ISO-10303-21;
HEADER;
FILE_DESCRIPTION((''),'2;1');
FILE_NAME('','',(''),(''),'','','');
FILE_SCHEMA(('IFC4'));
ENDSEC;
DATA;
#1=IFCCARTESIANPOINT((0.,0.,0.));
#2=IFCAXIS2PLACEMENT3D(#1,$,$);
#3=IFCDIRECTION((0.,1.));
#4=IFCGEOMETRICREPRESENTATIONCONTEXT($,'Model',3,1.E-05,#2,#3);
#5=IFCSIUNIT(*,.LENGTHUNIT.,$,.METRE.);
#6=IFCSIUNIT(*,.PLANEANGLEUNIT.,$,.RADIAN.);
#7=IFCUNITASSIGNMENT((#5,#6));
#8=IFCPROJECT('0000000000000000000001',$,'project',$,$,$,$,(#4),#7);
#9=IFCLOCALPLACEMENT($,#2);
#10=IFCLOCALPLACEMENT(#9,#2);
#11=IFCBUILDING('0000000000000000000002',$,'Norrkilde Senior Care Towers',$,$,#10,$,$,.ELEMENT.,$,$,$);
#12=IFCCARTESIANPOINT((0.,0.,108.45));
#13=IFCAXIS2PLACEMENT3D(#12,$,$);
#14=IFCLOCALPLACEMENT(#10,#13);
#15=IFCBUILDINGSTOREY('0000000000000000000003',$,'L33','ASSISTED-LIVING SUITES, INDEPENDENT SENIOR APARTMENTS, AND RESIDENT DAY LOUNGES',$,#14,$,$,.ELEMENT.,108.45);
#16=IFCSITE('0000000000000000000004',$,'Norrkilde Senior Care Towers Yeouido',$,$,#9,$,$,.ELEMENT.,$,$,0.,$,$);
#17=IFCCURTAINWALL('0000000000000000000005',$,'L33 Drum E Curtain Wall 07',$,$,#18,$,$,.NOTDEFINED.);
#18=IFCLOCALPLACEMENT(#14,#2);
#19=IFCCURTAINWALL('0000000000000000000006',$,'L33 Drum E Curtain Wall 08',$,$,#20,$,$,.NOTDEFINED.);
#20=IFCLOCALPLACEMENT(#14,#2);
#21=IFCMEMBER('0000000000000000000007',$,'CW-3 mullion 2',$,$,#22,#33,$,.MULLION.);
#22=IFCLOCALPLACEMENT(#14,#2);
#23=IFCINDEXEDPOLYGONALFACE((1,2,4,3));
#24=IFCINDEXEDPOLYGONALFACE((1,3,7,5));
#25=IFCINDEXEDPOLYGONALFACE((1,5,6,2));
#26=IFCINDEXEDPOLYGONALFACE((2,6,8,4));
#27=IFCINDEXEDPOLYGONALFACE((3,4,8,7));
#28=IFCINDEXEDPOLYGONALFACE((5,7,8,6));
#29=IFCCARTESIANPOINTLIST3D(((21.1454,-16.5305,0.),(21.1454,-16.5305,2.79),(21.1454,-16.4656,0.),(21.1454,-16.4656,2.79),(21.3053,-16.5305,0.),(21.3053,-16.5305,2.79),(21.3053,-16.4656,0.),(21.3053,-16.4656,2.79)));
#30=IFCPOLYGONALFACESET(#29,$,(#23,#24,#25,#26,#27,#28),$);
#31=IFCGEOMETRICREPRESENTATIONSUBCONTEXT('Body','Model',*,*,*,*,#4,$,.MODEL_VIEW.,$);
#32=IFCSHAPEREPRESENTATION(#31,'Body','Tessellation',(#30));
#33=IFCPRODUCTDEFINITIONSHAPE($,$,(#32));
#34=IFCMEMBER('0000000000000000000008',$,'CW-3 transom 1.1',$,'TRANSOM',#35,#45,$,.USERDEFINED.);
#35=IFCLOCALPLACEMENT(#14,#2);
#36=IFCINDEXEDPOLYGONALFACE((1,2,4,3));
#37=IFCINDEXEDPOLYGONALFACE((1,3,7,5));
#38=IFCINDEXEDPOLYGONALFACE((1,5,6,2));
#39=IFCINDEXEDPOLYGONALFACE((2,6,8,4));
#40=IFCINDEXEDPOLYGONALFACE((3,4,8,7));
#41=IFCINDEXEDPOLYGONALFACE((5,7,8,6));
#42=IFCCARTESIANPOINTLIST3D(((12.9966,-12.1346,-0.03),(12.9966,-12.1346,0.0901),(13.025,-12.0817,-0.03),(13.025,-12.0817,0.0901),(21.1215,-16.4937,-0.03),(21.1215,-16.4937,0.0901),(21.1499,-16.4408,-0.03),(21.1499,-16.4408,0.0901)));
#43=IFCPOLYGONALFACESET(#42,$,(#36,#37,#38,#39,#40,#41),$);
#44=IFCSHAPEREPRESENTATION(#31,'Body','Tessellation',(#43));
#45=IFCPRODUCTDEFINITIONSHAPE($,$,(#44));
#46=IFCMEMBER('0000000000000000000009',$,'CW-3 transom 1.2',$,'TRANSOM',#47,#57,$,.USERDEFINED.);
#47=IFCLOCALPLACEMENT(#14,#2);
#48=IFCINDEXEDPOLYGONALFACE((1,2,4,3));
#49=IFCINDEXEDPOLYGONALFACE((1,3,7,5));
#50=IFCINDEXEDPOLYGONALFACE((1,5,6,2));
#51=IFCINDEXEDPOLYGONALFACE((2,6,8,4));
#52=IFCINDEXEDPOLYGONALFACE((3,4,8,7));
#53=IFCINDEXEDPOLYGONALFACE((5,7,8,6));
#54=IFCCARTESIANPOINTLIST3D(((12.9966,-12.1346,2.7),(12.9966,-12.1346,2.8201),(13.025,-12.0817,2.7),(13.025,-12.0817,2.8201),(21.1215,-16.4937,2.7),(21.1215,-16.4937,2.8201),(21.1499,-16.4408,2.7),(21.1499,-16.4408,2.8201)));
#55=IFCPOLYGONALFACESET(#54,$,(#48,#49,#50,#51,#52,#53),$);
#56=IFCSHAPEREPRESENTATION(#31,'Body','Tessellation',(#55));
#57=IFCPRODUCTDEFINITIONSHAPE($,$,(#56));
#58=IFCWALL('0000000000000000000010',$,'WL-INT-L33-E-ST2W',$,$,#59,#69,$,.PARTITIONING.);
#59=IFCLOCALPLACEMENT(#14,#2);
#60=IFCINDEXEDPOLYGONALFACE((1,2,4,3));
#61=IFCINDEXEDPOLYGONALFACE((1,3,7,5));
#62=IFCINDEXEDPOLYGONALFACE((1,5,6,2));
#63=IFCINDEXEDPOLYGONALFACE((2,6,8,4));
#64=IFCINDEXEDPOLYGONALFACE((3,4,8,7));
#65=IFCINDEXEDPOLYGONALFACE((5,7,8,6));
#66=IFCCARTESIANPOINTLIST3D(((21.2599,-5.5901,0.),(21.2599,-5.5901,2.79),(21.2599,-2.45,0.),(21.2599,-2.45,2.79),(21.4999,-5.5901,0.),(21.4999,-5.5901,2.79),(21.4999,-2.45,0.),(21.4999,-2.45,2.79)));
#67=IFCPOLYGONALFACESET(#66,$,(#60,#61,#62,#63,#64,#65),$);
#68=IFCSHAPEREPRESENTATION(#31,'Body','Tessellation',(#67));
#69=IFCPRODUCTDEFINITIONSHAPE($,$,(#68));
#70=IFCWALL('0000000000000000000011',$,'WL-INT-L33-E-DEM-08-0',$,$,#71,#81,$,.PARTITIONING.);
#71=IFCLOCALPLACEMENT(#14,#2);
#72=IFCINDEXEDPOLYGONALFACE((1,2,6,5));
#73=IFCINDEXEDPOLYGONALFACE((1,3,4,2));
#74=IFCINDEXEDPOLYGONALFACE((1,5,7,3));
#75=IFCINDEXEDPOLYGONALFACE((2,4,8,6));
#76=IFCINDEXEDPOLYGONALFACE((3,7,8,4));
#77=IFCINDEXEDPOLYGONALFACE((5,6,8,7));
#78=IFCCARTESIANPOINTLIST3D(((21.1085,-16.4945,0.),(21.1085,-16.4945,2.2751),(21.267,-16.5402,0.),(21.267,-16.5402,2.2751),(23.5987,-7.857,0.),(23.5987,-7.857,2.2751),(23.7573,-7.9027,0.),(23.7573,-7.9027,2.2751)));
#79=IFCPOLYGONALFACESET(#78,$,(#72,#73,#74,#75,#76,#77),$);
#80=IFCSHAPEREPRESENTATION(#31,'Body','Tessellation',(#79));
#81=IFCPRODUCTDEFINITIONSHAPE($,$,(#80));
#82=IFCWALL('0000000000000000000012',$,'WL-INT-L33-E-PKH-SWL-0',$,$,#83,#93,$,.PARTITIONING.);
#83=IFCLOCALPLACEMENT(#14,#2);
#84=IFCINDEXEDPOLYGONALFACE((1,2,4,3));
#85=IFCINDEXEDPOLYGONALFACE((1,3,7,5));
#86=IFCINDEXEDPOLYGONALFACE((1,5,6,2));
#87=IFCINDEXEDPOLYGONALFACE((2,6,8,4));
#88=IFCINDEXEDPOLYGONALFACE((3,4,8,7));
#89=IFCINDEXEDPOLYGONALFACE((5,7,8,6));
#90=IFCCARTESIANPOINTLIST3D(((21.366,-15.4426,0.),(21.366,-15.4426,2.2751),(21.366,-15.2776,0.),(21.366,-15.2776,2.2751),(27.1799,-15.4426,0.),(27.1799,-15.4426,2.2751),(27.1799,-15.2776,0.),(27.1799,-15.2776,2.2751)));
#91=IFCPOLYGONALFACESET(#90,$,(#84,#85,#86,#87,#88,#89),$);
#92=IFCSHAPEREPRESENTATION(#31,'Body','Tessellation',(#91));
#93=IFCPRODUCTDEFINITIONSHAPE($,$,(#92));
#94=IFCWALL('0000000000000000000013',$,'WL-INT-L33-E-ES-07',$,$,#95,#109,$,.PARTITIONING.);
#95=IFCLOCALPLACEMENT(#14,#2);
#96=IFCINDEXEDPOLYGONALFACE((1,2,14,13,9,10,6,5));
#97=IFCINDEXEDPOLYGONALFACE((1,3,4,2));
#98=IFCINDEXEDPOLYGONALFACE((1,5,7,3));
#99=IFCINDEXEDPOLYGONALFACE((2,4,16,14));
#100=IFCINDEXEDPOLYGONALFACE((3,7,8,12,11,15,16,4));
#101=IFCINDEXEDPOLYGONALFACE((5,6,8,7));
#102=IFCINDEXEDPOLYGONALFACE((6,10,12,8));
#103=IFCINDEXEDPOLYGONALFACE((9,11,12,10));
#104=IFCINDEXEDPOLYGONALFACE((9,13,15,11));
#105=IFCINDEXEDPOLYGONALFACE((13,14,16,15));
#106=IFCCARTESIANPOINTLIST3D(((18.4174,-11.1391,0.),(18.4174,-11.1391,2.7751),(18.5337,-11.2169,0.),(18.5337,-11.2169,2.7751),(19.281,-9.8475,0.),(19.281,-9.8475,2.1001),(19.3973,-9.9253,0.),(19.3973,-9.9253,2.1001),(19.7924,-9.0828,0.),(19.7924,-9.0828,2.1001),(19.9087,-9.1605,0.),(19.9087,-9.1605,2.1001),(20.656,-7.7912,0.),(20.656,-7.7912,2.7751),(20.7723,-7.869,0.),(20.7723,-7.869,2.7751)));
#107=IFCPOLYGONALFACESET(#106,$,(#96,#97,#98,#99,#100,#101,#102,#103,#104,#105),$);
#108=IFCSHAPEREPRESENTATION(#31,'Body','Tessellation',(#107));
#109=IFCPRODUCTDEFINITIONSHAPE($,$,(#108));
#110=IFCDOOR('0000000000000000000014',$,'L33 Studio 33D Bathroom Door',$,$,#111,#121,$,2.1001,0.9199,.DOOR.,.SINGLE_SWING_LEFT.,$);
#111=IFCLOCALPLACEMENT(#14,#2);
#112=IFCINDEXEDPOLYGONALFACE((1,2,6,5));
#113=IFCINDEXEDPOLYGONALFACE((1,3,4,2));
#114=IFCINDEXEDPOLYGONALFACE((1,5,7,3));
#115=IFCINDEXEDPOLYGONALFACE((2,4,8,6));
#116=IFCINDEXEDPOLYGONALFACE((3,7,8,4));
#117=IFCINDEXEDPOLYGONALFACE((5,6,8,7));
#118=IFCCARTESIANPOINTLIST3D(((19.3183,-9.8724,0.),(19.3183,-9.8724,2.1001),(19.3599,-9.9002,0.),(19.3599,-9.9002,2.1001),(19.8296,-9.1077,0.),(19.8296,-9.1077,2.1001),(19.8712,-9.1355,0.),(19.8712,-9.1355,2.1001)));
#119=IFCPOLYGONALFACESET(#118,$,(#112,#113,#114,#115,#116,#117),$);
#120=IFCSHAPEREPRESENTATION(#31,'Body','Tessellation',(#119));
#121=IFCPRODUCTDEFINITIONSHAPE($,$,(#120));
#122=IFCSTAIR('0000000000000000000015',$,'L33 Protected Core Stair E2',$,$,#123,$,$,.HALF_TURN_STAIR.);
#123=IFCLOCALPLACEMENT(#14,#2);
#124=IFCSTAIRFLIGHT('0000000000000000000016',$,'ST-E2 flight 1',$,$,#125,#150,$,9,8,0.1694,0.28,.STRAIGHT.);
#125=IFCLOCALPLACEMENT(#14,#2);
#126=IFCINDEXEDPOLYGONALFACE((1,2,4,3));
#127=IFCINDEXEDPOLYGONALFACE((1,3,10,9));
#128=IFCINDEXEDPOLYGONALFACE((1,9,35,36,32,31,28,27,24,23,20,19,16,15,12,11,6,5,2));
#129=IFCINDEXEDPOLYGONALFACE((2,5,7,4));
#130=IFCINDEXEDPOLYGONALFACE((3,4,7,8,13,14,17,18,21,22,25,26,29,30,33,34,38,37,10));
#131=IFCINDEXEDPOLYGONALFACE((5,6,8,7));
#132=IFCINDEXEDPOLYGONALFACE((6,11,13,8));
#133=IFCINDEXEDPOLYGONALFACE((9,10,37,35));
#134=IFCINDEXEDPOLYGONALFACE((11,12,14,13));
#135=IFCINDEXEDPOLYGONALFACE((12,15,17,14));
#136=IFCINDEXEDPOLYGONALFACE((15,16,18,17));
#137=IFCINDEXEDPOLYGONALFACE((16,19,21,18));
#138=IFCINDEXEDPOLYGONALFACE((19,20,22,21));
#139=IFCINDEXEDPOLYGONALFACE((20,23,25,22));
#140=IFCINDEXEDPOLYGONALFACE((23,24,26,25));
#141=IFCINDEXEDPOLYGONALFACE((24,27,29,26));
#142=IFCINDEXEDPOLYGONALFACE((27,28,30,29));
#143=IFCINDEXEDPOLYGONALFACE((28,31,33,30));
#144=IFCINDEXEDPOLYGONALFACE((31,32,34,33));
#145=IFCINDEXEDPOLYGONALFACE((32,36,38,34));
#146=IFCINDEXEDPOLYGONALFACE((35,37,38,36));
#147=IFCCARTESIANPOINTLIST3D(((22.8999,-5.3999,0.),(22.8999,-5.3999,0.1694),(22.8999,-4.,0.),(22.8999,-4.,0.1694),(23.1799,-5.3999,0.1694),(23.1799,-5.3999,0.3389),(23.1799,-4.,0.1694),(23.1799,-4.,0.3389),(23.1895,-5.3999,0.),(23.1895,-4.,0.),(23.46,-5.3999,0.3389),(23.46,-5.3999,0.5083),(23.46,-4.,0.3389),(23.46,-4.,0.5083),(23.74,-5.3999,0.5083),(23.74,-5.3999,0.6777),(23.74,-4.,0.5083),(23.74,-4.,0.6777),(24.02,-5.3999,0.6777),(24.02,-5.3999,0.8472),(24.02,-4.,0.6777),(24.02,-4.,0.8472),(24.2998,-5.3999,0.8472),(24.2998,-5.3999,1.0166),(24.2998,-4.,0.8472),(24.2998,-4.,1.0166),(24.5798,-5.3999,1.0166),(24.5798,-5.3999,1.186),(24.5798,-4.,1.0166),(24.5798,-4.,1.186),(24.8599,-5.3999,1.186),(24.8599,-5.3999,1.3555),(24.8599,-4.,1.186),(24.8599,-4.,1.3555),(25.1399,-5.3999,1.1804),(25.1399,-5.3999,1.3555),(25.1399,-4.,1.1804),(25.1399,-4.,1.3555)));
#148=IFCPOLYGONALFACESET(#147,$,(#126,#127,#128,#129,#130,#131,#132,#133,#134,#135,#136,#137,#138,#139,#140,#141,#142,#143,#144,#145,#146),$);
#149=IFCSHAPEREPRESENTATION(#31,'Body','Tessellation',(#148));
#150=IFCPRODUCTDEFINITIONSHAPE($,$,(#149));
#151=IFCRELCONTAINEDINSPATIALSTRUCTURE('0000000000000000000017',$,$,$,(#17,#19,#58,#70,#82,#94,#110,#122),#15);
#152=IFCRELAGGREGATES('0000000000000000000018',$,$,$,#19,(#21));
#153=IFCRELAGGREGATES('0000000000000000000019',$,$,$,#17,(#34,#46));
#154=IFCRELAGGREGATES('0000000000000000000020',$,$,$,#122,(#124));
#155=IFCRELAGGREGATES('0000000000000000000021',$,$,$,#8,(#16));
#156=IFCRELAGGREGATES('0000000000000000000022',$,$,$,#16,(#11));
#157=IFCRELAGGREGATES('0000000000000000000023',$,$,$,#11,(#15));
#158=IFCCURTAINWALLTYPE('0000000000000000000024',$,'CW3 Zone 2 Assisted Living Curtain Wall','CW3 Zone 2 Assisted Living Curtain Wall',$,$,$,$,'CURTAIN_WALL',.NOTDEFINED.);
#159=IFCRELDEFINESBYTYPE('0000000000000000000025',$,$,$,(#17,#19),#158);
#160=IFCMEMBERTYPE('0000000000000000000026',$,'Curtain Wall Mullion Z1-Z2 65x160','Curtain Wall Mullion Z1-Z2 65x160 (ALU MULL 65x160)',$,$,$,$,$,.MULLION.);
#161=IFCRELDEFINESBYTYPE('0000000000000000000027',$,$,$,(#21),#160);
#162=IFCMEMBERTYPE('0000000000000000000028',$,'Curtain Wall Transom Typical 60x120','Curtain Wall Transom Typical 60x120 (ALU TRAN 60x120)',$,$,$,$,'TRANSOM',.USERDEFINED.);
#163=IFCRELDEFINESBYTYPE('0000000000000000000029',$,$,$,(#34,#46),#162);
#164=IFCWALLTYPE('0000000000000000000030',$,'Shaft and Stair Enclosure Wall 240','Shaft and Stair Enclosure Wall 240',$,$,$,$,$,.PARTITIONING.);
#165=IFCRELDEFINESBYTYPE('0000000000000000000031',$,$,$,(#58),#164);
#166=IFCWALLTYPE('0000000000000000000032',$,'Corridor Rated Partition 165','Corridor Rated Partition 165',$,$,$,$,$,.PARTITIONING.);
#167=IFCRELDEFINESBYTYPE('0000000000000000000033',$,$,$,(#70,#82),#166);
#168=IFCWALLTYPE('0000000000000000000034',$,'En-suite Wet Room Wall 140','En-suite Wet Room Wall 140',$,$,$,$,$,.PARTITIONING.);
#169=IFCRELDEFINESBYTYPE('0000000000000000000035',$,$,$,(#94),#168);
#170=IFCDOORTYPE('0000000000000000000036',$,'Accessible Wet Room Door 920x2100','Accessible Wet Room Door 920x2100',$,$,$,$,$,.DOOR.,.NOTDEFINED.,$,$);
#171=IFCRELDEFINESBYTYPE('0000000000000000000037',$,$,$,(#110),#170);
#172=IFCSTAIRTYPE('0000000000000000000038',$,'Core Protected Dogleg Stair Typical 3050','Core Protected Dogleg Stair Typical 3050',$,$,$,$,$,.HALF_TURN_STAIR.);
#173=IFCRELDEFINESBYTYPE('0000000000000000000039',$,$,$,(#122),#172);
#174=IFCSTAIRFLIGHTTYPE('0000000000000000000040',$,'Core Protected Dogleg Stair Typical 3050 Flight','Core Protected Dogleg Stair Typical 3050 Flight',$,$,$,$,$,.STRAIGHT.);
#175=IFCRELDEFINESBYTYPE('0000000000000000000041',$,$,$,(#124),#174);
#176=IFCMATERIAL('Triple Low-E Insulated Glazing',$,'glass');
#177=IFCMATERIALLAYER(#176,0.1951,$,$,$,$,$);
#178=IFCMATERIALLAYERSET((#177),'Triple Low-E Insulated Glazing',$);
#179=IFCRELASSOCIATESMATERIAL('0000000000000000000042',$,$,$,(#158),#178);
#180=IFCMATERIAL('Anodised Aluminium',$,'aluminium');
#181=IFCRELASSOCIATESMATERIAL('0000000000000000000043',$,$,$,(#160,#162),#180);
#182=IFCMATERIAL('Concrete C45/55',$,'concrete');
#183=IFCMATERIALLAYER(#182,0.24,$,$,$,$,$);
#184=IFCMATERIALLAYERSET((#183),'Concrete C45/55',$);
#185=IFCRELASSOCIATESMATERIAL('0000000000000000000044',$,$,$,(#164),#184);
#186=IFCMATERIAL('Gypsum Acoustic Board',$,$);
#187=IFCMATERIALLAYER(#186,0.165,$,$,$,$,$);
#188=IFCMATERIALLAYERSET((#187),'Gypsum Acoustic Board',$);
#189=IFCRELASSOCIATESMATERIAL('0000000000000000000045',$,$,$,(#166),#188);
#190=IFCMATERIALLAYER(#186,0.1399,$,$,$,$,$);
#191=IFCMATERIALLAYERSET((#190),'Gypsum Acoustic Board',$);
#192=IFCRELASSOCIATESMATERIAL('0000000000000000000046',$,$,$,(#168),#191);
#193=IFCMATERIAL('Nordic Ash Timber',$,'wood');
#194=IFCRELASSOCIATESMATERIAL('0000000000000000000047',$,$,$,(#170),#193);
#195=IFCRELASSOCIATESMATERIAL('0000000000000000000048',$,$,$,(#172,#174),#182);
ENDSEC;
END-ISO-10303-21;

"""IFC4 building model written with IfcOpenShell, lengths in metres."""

from ifc_helpers import new_model, si_unit, direction, frame, frame_2d, origin, origin_2d, place, context, subcontext, project, spatial, polyline, rectangle, outline, extrude, source, transform, mapped, material, layer, layer_set, material_profile, profile_set, type_object, type_shapes, element, fill, aggregate, save


model = new_model("IFC4")

# Units and contexts
model_context = context("Model", 3, precision=1e-05, world=origin(), true_north=direction((0.0, 1.0)))
body_context = subcontext(model_context, "Body", "Model", "MODEL_VIEW")
ifc_project = project(units=[si_unit("LENGTHUNIT", "METRE"), si_unit("PLANEANGLEUNIT", "RADIAN")], contexts=[model_context])

# Site, building, storey
site_placement = place(None, origin())
site = spatial("IfcSite", under=ifc_project, at=site_placement, Name="Norrkilde Senior Care Towers Yeouido", CompositionType="ELEMENT", RefElevation=0.0)
building_placement = place(site_placement, origin())
building = spatial("IfcBuilding", under=site, at=building_placement, Name="Norrkilde Senior Care Towers", CompositionType="ELEMENT")
storey_placement = place(building_placement, frame((0.0, 0.0, 108.45)))
storey = spatial("IfcBuildingStorey", under=building, at=storey_placement, Name="L33", Description="ASSISTED-LIVING SUITES, INDEPENDENT SENIOR APARTMENTS, AND RESIDENT DAY LOUNGES", CompositionType="ELEMENT", Elevation=108.45)

# Curtain walls, member
ifc_material_1 = material(Name="Triple Low-E Insulated Glazing", Category="glass")
ifc_layer_1 = layer(ifc_material_1, 0.1951)
ifc_layer_set_1 = layer_set([ifc_layer_1], Name="Triple Low-E Insulated Glazing")
curtain_wall_type = type_object("IfcCurtainWallType", Name="CW3 Zone 2 Assisted Living Curtain Wall", Description="CW3 Zone 2 Assisted Living Curtain Wall", ElementType="CURTAIN_WALL", PredefinedType="NOTDEFINED", material=ifc_layer_set_1)
curtain_wall_1_placement = place(storey_placement, origin())
curtain_wall_1 = element("IfcCurtainWall", 1, at=curtain_wall_1_placement, inside=storey, type_object=curtain_wall_type, Name="L33 Drum E Curtain Wall 07", PredefinedType="NOTDEFINED")
ifc_material_2 = material(Name="Anodised Aluminium", Category="aluminium")
ifc_material_profile_1 = material_profile(ifc_material_2, rectangle(XDim=0.0649, YDim=0.1599, at=origin_2d()), Name="ALU MULL 65x160")
ifc_profile_set_1 = profile_set([ifc_material_profile_1], Name="Anodised Aluminium")
member_type_1 = type_object("IfcMemberType", Name="Curtain Wall Mullion Z1-Z2 65x160", Description="Curtain Wall Mullion Z1-Z2 65x160 (ALU MULL 65x160)", PredefinedType="MULLION", material=ifc_profile_set_1)
shared_shape_1 = source(origin(), body_context, "Body", "SweptSolid", [
    extrude(rectangle(XDim=0.0649, YDim=0.1599, at=origin_2d()), origin(), (0.0, 0.0, 1.0), 2.79),
])
type_shapes(member_type_1, [shared_shape_1])
curtain_wall_2_placement = place(storey_placement, origin())
curtain_wall_2 = element("IfcCurtainWall", 2, at=curtain_wall_2_placement, inside=storey, type_object=curtain_wall_type, Name="L33 Drum E Curtain Wall 08", PredefinedType="NOTDEFINED")
member_1_placement = place(storey_placement, frame((21.2253, -16.498, 0.0), z_axis=(0.0, 0.0, 1.0), x_axis=(0.0, -1.0, 0.0)))
member_1 = element("IfcMember", 3, at=member_1_placement, type_object=member_type_1, Name="CW-3 mullion 2", PredefinedType="MULLION", context=body_context, shape_type="MappedRepresentation", body=[
    mapped(shared_shape_1, transform((0.0, 0.0, 0.0), x_axis=(1.0, 0.0, 0.0), y_axis=(0.0, 1.0, 0.0), z_axis=(0.0, 0.0, 1.0), scale=1.0)),
])
aggregate(curtain_wall_2, [member_1])

# Members
ifc_material_profile_2 = material_profile(ifc_material_2, rectangle(XDim=0.0601, YDim=0.1201, at=origin_2d()), Name="ALU TRAN 60x120")
ifc_profile_set_2 = profile_set([ifc_material_profile_2], Name="Anodised Aluminium")
member_type_2 = type_object("IfcMemberType", Name="Curtain Wall Transom Typical 60x120", Description="Curtain Wall Transom Typical 60x120 (ALU TRAN 60x120)", ElementType="TRANSOM", PredefinedType="USERDEFINED", material=ifc_profile_set_2)
shared_shape_2 = source(origin(), body_context, "Body", "SweptSolid", [
    extrude(rectangle(XDim=0.0601, YDim=0.1201, at=origin_2d()), origin(), (0.0, 0.0, 1.0), 9.2205),
])
type_shapes(member_type_2, [shared_shape_2])
member_2_placement = place(storey_placement, frame((21.1357, -16.4673, 0.03), z_axis=(-0.881189, 0.472765, 0.0), x_axis=(-0.472765, -0.881189, 0.0)))
member_2 = element("IfcMember", 4, at=member_2_placement, type_object=member_type_2, Name="CW-3 transom 1.1", ObjectType="TRANSOM", PredefinedType="USERDEFINED", context=body_context, shape_type="MappedRepresentation", body=[
    mapped(shared_shape_2, transform((0.0, 0.0, 0.0), x_axis=(1.0, 0.0, 0.0), y_axis=(0.0, 1.0, 0.0), z_axis=(0.0, 0.0, 1.0), scale=1.0)),
])
member_3_placement = place(storey_placement, frame((21.1357, -16.4673, 2.76), z_axis=(-0.881189, 0.472765, 0.0), x_axis=(-0.472765, -0.881189, 0.0)))
member_3 = element("IfcMember", 5, at=member_3_placement, type_object=member_type_2, Name="CW-3 transom 1.2", ObjectType="TRANSOM", PredefinedType="USERDEFINED", context=body_context, shape_type="MappedRepresentation", body=[
    mapped(shared_shape_2, transform((0.0, 0.0, 0.0), x_axis=(1.0, 0.0, 0.0), y_axis=(0.0, 1.0, 0.0), z_axis=(0.0, 0.0, 1.0), scale=1.0)),
])
aggregate(curtain_wall_1, [member_2, member_3])

# Shared definitions
ifc_material_3 = material(Name="Concrete C45/55", Category="concrete")
ifc_layer_2 = layer(ifc_material_3, 0.24)
ifc_layer_set_2 = layer_set([ifc_layer_2], Name="Concrete C45/55")
wall_type_1 = type_object("IfcWallType", Name="Shaft and Stair Enclosure Wall 240", Description="Shaft and Stair Enclosure Wall 240", PredefinedType="PARTITIONING", material=ifc_layer_set_2)

# Walls
shared_shape_3 = source(origin(), body_context, "Body", "SweptSolid", [
    extrude(rectangle(XDim=3.1401, YDim=0.24, at=frame_2d((1.5701, 0.0))), origin(), (0.0, 0.0, 1.0), 2.79),
])
wall_1_placement = place(storey_placement, frame((21.3799, -5.5901, 0.0), z_axis=(0.0, 0.0, 1.0), x_axis=(0.0, 1.0, 0.0)))
element("IfcWall", 6, at=wall_1_placement, inside=storey, type_object=wall_type_1, Name="WL-INT-L33-E-ST2W", PredefinedType="PARTITIONING", context=body_context, shape_type="MappedRepresentation", body=[
    mapped(shared_shape_3, transform((0.0, 0.0, 0.0), x_axis=(1.0, 0.0, 0.0), y_axis=(0.0, 1.0, 0.0), z_axis=(0.0, 0.0, 1.0), scale=1.0)),
])
ifc_material_4 = material(Name="Gypsum Acoustic Board")
ifc_layer_3 = layer(ifc_material_4, 0.165)
ifc_layer_set_3 = layer_set([ifc_layer_3], Name="Gypsum Acoustic Board")
wall_type_2 = type_object("IfcWallType", Name="Corridor Rated Partition 165", Description="Corridor Rated Partition 165", PredefinedType="PARTITIONING", material=ifc_layer_set_3)
shared_shape_4 = source(origin(), body_context, "Body", "SweptSolid", [
    extrude(rectangle(XDim=8.9893, YDim=0.165, at=frame_2d((4.4946, 0.0))), origin(), (0.0, 0.0, 1.0), 2.2751),
])
wall_2_placement = place(storey_placement, frame((23.678, -7.8799, 0.0), z_axis=(0.0, 0.0, 1.0), x_axis=(-0.277023, -0.960863, 0.0)))
element("IfcWall", 7, at=wall_2_placement, inside=storey, type_object=wall_type_2, Name="WL-INT-L33-E-DEM-08-0", PredefinedType="PARTITIONING", context=body_context, shape_type="MappedRepresentation", body=[
    mapped(shared_shape_4, transform((0.0, 0.0, 0.0), x_axis=(1.0, 0.0, 0.0), y_axis=(0.0, 1.0, 0.0), z_axis=(0.0, 0.0, 1.0), scale=1.0)),
])
shared_shape_5 = source(origin(), body_context, "Body", "SweptSolid", [
    extrude(rectangle(XDim=5.814, YDim=0.165, at=frame_2d((2.907, 0.0))), origin(), (0.0, 0.0, 1.0), 2.2751),
])
type_shapes(wall_type_2, [shared_shape_4, shared_shape_5])
wall_3_placement = place(storey_placement, frame((21.366, -15.3601, 0.0), z_axis=(0.0, 0.0, 1.0), x_axis=(1.0, 0.0, 0.0)))
element("IfcWall", 8, at=wall_3_placement, inside=storey, type_object=wall_type_2, Name="WL-INT-L33-E-PKH-SWL-0", PredefinedType="PARTITIONING", context=body_context, shape_type="MappedRepresentation", body=[
    mapped(shared_shape_5, transform((0.0, 0.0, 0.0), x_axis=(1.0, 0.0, 0.0), y_axis=(0.0, 1.0, 0.0), z_axis=(0.0, 0.0, 1.0), scale=1.0)),
])

# Wall, opening, door
ifc_layer_4 = layer(ifc_material_4, 0.1399)
ifc_layer_set_4 = layer_set([ifc_layer_4], Name="Gypsum Acoustic Board")
wall_type_3 = type_object("IfcWallType", Name="En-suite Wet Room Wall 140", Description="En-suite Wet Room Wall 140", PredefinedType="PARTITIONING", material=ifc_layer_set_4)
shared_shape_6 = source(origin(), body_context, "Body", "SweptSolid", [
    extrude(rectangle(XDim=4.0273, YDim=0.1399, at=frame_2d((2.0137, 0.0))), origin(), (0.0, 0.0, 1.0), 2.7751),
])
type_shapes(wall_type_3, [shared_shape_6])
wall_4_placement = place(storey_placement, frame((20.7141, -7.8301, 0.0), z_axis=(0.0, 0.0, 1.0), x_axis=(-0.555833, -0.831294, 0.0)))
wall_4 = element("IfcWall", 9, at=wall_4_placement, inside=storey, type_object=wall_type_3, Name="WL-INT-L33-E-ES-07", PredefinedType="PARTITIONING", context=body_context, shape_type="MappedRepresentation", body=[
    mapped(shared_shape_6, transform((0.0, 0.0, 0.0), x_axis=(1.0, 0.0, 0.0), y_axis=(0.0, 1.0, 0.0), z_axis=(0.0, 0.0, 1.0), scale=1.0)),
])
opening_1_placement = place(wall_4_placement, frame((1.5537, 0.0, 0.0)))
opening_1 = element("IfcOpeningElement", 10, at=opening_1_placement, cuts=wall_4, PredefinedType="OPENING", context=body_context, shape_type="SweptSolid", body=[
    extrude(rectangle(XDim=0.9199, YDim=2.1001, at=frame_2d((0.46, 1.05))), frame((0.0, 0.0798, 0.0), z_axis=(0.0, -1.0, 0.0), x_axis=(1.0, 0.0, 0.0)), (0.0, 0.0, 1.0), 0.1599),
])
ifc_material_5 = material(Name="Nordic Ash Timber", Category="wood")
door_type_1 = type_object("IfcDoorType", Name="Accessible Wet Room Door 920x2100", Description="Accessible Wet Room Door 920x2100", OperationType="NOTDEFINED", PredefinedType="DOOR", material=ifc_material_5)
shared_shape_7 = source(origin(), body_context, "Body", "SweptSolid", [
    extrude(rectangle(XDim=0.9199, YDim=2.1001, at=frame_2d((0.46, 1.05))), frame((0.0, 0.0249, 0.0), z_axis=(0.0, -1.0, 0.0), x_axis=(1.0, 0.0, 0.0)), (0.0, 0.0, 1.0), 0.05),
])
type_shapes(door_type_1, [shared_shape_7])
door_1_placement = place(opening_1_placement, origin())
door_1 = element("IfcDoor", 11, at=door_1_placement, inside=storey, type_object=door_type_1, Name="L33 Studio 33D Bathroom Door", OperationType="SINGLE_SWING_LEFT", OverallHeight=2.1001, OverallWidth=0.9199, PredefinedType="DOOR", context=body_context, shape_type="MappedRepresentation", body=[
    mapped(shared_shape_7, transform((0.0, 0.0, 0.0), x_axis=(1.0, 0.0, 0.0), y_axis=(0.0, 1.0, 0.0), z_axis=(0.0, 0.0, 1.0), scale=1.0)),
])
fill(opening_1, door_1)

# Stair, stair flight
stair_type = type_object("IfcStairType", Name="Core Protected Dogleg Stair Typical 3050", Description="Core Protected Dogleg Stair Typical 3050", PredefinedType="HALF_TURN_STAIR", material=ifc_material_3)
stair_placement = place(storey_placement, origin())
stair = element("IfcStair", 12, at=stair_placement, inside=storey, type_object=stair_type, Name="L33 Protected Core Stair E2", PredefinedType="HALF_TURN_STAIR")
stair_flight_type = type_object("IfcStairFlightType", Name="Core Protected Dogleg Stair Typical 3050 Flight", Description="Core Protected Dogleg Stair Typical 3050 Flight", PredefinedType="STRAIGHT", material=ifc_material_3)
stair_flight_1_placement = place(storey_placement, frame((22.8999, -4.7, 0.0), z_axis=(0.0, 0.0, 1.0), x_axis=(1.0, 0.0, 0.0)))
stair_flight_1 = element("IfcStairFlight", 13, at=stair_flight_1_placement, type_object=stair_flight_type, Name="ST-E2 flight 1", NumberOfRisers=9, NumberOfTreads=8, PredefinedType="STRAIGHT", RiserHeight=0.1694, TreadLength=0.28, context=body_context, shape_type="SweptSolid", body=[
    extrude(outline(polyline([(0.0, 0.0), (0.0, 0.1694), (0.28, 0.1694), (0.28, 0.3389), (0.5601, 0.3389), (0.5601, 0.5083), (0.8401, 0.5083), (0.8401, 0.6777), (1.1201, 0.6777), (1.1201, 0.8472), (1.3999, 0.8472), (1.3999, 1.0166), (1.6799, 1.0166), (1.6799, 1.186), (1.96, 1.186), (1.96, 1.3555), (2.24, 1.3555), (2.24, 1.5249), (2.24, 1.1804), (0.2896, 0.0), (0.0, 0.0)])), frame((0.0, 0.7, 0.0), z_axis=(0.0, -1.0, 0.0), x_axis=(1.0, 0.0, 0.0)), (0.0, 0.0, 1.0), 1.3999),
])
aggregate(stair, [stair_flight_1])

save(model, "model.ifc")
